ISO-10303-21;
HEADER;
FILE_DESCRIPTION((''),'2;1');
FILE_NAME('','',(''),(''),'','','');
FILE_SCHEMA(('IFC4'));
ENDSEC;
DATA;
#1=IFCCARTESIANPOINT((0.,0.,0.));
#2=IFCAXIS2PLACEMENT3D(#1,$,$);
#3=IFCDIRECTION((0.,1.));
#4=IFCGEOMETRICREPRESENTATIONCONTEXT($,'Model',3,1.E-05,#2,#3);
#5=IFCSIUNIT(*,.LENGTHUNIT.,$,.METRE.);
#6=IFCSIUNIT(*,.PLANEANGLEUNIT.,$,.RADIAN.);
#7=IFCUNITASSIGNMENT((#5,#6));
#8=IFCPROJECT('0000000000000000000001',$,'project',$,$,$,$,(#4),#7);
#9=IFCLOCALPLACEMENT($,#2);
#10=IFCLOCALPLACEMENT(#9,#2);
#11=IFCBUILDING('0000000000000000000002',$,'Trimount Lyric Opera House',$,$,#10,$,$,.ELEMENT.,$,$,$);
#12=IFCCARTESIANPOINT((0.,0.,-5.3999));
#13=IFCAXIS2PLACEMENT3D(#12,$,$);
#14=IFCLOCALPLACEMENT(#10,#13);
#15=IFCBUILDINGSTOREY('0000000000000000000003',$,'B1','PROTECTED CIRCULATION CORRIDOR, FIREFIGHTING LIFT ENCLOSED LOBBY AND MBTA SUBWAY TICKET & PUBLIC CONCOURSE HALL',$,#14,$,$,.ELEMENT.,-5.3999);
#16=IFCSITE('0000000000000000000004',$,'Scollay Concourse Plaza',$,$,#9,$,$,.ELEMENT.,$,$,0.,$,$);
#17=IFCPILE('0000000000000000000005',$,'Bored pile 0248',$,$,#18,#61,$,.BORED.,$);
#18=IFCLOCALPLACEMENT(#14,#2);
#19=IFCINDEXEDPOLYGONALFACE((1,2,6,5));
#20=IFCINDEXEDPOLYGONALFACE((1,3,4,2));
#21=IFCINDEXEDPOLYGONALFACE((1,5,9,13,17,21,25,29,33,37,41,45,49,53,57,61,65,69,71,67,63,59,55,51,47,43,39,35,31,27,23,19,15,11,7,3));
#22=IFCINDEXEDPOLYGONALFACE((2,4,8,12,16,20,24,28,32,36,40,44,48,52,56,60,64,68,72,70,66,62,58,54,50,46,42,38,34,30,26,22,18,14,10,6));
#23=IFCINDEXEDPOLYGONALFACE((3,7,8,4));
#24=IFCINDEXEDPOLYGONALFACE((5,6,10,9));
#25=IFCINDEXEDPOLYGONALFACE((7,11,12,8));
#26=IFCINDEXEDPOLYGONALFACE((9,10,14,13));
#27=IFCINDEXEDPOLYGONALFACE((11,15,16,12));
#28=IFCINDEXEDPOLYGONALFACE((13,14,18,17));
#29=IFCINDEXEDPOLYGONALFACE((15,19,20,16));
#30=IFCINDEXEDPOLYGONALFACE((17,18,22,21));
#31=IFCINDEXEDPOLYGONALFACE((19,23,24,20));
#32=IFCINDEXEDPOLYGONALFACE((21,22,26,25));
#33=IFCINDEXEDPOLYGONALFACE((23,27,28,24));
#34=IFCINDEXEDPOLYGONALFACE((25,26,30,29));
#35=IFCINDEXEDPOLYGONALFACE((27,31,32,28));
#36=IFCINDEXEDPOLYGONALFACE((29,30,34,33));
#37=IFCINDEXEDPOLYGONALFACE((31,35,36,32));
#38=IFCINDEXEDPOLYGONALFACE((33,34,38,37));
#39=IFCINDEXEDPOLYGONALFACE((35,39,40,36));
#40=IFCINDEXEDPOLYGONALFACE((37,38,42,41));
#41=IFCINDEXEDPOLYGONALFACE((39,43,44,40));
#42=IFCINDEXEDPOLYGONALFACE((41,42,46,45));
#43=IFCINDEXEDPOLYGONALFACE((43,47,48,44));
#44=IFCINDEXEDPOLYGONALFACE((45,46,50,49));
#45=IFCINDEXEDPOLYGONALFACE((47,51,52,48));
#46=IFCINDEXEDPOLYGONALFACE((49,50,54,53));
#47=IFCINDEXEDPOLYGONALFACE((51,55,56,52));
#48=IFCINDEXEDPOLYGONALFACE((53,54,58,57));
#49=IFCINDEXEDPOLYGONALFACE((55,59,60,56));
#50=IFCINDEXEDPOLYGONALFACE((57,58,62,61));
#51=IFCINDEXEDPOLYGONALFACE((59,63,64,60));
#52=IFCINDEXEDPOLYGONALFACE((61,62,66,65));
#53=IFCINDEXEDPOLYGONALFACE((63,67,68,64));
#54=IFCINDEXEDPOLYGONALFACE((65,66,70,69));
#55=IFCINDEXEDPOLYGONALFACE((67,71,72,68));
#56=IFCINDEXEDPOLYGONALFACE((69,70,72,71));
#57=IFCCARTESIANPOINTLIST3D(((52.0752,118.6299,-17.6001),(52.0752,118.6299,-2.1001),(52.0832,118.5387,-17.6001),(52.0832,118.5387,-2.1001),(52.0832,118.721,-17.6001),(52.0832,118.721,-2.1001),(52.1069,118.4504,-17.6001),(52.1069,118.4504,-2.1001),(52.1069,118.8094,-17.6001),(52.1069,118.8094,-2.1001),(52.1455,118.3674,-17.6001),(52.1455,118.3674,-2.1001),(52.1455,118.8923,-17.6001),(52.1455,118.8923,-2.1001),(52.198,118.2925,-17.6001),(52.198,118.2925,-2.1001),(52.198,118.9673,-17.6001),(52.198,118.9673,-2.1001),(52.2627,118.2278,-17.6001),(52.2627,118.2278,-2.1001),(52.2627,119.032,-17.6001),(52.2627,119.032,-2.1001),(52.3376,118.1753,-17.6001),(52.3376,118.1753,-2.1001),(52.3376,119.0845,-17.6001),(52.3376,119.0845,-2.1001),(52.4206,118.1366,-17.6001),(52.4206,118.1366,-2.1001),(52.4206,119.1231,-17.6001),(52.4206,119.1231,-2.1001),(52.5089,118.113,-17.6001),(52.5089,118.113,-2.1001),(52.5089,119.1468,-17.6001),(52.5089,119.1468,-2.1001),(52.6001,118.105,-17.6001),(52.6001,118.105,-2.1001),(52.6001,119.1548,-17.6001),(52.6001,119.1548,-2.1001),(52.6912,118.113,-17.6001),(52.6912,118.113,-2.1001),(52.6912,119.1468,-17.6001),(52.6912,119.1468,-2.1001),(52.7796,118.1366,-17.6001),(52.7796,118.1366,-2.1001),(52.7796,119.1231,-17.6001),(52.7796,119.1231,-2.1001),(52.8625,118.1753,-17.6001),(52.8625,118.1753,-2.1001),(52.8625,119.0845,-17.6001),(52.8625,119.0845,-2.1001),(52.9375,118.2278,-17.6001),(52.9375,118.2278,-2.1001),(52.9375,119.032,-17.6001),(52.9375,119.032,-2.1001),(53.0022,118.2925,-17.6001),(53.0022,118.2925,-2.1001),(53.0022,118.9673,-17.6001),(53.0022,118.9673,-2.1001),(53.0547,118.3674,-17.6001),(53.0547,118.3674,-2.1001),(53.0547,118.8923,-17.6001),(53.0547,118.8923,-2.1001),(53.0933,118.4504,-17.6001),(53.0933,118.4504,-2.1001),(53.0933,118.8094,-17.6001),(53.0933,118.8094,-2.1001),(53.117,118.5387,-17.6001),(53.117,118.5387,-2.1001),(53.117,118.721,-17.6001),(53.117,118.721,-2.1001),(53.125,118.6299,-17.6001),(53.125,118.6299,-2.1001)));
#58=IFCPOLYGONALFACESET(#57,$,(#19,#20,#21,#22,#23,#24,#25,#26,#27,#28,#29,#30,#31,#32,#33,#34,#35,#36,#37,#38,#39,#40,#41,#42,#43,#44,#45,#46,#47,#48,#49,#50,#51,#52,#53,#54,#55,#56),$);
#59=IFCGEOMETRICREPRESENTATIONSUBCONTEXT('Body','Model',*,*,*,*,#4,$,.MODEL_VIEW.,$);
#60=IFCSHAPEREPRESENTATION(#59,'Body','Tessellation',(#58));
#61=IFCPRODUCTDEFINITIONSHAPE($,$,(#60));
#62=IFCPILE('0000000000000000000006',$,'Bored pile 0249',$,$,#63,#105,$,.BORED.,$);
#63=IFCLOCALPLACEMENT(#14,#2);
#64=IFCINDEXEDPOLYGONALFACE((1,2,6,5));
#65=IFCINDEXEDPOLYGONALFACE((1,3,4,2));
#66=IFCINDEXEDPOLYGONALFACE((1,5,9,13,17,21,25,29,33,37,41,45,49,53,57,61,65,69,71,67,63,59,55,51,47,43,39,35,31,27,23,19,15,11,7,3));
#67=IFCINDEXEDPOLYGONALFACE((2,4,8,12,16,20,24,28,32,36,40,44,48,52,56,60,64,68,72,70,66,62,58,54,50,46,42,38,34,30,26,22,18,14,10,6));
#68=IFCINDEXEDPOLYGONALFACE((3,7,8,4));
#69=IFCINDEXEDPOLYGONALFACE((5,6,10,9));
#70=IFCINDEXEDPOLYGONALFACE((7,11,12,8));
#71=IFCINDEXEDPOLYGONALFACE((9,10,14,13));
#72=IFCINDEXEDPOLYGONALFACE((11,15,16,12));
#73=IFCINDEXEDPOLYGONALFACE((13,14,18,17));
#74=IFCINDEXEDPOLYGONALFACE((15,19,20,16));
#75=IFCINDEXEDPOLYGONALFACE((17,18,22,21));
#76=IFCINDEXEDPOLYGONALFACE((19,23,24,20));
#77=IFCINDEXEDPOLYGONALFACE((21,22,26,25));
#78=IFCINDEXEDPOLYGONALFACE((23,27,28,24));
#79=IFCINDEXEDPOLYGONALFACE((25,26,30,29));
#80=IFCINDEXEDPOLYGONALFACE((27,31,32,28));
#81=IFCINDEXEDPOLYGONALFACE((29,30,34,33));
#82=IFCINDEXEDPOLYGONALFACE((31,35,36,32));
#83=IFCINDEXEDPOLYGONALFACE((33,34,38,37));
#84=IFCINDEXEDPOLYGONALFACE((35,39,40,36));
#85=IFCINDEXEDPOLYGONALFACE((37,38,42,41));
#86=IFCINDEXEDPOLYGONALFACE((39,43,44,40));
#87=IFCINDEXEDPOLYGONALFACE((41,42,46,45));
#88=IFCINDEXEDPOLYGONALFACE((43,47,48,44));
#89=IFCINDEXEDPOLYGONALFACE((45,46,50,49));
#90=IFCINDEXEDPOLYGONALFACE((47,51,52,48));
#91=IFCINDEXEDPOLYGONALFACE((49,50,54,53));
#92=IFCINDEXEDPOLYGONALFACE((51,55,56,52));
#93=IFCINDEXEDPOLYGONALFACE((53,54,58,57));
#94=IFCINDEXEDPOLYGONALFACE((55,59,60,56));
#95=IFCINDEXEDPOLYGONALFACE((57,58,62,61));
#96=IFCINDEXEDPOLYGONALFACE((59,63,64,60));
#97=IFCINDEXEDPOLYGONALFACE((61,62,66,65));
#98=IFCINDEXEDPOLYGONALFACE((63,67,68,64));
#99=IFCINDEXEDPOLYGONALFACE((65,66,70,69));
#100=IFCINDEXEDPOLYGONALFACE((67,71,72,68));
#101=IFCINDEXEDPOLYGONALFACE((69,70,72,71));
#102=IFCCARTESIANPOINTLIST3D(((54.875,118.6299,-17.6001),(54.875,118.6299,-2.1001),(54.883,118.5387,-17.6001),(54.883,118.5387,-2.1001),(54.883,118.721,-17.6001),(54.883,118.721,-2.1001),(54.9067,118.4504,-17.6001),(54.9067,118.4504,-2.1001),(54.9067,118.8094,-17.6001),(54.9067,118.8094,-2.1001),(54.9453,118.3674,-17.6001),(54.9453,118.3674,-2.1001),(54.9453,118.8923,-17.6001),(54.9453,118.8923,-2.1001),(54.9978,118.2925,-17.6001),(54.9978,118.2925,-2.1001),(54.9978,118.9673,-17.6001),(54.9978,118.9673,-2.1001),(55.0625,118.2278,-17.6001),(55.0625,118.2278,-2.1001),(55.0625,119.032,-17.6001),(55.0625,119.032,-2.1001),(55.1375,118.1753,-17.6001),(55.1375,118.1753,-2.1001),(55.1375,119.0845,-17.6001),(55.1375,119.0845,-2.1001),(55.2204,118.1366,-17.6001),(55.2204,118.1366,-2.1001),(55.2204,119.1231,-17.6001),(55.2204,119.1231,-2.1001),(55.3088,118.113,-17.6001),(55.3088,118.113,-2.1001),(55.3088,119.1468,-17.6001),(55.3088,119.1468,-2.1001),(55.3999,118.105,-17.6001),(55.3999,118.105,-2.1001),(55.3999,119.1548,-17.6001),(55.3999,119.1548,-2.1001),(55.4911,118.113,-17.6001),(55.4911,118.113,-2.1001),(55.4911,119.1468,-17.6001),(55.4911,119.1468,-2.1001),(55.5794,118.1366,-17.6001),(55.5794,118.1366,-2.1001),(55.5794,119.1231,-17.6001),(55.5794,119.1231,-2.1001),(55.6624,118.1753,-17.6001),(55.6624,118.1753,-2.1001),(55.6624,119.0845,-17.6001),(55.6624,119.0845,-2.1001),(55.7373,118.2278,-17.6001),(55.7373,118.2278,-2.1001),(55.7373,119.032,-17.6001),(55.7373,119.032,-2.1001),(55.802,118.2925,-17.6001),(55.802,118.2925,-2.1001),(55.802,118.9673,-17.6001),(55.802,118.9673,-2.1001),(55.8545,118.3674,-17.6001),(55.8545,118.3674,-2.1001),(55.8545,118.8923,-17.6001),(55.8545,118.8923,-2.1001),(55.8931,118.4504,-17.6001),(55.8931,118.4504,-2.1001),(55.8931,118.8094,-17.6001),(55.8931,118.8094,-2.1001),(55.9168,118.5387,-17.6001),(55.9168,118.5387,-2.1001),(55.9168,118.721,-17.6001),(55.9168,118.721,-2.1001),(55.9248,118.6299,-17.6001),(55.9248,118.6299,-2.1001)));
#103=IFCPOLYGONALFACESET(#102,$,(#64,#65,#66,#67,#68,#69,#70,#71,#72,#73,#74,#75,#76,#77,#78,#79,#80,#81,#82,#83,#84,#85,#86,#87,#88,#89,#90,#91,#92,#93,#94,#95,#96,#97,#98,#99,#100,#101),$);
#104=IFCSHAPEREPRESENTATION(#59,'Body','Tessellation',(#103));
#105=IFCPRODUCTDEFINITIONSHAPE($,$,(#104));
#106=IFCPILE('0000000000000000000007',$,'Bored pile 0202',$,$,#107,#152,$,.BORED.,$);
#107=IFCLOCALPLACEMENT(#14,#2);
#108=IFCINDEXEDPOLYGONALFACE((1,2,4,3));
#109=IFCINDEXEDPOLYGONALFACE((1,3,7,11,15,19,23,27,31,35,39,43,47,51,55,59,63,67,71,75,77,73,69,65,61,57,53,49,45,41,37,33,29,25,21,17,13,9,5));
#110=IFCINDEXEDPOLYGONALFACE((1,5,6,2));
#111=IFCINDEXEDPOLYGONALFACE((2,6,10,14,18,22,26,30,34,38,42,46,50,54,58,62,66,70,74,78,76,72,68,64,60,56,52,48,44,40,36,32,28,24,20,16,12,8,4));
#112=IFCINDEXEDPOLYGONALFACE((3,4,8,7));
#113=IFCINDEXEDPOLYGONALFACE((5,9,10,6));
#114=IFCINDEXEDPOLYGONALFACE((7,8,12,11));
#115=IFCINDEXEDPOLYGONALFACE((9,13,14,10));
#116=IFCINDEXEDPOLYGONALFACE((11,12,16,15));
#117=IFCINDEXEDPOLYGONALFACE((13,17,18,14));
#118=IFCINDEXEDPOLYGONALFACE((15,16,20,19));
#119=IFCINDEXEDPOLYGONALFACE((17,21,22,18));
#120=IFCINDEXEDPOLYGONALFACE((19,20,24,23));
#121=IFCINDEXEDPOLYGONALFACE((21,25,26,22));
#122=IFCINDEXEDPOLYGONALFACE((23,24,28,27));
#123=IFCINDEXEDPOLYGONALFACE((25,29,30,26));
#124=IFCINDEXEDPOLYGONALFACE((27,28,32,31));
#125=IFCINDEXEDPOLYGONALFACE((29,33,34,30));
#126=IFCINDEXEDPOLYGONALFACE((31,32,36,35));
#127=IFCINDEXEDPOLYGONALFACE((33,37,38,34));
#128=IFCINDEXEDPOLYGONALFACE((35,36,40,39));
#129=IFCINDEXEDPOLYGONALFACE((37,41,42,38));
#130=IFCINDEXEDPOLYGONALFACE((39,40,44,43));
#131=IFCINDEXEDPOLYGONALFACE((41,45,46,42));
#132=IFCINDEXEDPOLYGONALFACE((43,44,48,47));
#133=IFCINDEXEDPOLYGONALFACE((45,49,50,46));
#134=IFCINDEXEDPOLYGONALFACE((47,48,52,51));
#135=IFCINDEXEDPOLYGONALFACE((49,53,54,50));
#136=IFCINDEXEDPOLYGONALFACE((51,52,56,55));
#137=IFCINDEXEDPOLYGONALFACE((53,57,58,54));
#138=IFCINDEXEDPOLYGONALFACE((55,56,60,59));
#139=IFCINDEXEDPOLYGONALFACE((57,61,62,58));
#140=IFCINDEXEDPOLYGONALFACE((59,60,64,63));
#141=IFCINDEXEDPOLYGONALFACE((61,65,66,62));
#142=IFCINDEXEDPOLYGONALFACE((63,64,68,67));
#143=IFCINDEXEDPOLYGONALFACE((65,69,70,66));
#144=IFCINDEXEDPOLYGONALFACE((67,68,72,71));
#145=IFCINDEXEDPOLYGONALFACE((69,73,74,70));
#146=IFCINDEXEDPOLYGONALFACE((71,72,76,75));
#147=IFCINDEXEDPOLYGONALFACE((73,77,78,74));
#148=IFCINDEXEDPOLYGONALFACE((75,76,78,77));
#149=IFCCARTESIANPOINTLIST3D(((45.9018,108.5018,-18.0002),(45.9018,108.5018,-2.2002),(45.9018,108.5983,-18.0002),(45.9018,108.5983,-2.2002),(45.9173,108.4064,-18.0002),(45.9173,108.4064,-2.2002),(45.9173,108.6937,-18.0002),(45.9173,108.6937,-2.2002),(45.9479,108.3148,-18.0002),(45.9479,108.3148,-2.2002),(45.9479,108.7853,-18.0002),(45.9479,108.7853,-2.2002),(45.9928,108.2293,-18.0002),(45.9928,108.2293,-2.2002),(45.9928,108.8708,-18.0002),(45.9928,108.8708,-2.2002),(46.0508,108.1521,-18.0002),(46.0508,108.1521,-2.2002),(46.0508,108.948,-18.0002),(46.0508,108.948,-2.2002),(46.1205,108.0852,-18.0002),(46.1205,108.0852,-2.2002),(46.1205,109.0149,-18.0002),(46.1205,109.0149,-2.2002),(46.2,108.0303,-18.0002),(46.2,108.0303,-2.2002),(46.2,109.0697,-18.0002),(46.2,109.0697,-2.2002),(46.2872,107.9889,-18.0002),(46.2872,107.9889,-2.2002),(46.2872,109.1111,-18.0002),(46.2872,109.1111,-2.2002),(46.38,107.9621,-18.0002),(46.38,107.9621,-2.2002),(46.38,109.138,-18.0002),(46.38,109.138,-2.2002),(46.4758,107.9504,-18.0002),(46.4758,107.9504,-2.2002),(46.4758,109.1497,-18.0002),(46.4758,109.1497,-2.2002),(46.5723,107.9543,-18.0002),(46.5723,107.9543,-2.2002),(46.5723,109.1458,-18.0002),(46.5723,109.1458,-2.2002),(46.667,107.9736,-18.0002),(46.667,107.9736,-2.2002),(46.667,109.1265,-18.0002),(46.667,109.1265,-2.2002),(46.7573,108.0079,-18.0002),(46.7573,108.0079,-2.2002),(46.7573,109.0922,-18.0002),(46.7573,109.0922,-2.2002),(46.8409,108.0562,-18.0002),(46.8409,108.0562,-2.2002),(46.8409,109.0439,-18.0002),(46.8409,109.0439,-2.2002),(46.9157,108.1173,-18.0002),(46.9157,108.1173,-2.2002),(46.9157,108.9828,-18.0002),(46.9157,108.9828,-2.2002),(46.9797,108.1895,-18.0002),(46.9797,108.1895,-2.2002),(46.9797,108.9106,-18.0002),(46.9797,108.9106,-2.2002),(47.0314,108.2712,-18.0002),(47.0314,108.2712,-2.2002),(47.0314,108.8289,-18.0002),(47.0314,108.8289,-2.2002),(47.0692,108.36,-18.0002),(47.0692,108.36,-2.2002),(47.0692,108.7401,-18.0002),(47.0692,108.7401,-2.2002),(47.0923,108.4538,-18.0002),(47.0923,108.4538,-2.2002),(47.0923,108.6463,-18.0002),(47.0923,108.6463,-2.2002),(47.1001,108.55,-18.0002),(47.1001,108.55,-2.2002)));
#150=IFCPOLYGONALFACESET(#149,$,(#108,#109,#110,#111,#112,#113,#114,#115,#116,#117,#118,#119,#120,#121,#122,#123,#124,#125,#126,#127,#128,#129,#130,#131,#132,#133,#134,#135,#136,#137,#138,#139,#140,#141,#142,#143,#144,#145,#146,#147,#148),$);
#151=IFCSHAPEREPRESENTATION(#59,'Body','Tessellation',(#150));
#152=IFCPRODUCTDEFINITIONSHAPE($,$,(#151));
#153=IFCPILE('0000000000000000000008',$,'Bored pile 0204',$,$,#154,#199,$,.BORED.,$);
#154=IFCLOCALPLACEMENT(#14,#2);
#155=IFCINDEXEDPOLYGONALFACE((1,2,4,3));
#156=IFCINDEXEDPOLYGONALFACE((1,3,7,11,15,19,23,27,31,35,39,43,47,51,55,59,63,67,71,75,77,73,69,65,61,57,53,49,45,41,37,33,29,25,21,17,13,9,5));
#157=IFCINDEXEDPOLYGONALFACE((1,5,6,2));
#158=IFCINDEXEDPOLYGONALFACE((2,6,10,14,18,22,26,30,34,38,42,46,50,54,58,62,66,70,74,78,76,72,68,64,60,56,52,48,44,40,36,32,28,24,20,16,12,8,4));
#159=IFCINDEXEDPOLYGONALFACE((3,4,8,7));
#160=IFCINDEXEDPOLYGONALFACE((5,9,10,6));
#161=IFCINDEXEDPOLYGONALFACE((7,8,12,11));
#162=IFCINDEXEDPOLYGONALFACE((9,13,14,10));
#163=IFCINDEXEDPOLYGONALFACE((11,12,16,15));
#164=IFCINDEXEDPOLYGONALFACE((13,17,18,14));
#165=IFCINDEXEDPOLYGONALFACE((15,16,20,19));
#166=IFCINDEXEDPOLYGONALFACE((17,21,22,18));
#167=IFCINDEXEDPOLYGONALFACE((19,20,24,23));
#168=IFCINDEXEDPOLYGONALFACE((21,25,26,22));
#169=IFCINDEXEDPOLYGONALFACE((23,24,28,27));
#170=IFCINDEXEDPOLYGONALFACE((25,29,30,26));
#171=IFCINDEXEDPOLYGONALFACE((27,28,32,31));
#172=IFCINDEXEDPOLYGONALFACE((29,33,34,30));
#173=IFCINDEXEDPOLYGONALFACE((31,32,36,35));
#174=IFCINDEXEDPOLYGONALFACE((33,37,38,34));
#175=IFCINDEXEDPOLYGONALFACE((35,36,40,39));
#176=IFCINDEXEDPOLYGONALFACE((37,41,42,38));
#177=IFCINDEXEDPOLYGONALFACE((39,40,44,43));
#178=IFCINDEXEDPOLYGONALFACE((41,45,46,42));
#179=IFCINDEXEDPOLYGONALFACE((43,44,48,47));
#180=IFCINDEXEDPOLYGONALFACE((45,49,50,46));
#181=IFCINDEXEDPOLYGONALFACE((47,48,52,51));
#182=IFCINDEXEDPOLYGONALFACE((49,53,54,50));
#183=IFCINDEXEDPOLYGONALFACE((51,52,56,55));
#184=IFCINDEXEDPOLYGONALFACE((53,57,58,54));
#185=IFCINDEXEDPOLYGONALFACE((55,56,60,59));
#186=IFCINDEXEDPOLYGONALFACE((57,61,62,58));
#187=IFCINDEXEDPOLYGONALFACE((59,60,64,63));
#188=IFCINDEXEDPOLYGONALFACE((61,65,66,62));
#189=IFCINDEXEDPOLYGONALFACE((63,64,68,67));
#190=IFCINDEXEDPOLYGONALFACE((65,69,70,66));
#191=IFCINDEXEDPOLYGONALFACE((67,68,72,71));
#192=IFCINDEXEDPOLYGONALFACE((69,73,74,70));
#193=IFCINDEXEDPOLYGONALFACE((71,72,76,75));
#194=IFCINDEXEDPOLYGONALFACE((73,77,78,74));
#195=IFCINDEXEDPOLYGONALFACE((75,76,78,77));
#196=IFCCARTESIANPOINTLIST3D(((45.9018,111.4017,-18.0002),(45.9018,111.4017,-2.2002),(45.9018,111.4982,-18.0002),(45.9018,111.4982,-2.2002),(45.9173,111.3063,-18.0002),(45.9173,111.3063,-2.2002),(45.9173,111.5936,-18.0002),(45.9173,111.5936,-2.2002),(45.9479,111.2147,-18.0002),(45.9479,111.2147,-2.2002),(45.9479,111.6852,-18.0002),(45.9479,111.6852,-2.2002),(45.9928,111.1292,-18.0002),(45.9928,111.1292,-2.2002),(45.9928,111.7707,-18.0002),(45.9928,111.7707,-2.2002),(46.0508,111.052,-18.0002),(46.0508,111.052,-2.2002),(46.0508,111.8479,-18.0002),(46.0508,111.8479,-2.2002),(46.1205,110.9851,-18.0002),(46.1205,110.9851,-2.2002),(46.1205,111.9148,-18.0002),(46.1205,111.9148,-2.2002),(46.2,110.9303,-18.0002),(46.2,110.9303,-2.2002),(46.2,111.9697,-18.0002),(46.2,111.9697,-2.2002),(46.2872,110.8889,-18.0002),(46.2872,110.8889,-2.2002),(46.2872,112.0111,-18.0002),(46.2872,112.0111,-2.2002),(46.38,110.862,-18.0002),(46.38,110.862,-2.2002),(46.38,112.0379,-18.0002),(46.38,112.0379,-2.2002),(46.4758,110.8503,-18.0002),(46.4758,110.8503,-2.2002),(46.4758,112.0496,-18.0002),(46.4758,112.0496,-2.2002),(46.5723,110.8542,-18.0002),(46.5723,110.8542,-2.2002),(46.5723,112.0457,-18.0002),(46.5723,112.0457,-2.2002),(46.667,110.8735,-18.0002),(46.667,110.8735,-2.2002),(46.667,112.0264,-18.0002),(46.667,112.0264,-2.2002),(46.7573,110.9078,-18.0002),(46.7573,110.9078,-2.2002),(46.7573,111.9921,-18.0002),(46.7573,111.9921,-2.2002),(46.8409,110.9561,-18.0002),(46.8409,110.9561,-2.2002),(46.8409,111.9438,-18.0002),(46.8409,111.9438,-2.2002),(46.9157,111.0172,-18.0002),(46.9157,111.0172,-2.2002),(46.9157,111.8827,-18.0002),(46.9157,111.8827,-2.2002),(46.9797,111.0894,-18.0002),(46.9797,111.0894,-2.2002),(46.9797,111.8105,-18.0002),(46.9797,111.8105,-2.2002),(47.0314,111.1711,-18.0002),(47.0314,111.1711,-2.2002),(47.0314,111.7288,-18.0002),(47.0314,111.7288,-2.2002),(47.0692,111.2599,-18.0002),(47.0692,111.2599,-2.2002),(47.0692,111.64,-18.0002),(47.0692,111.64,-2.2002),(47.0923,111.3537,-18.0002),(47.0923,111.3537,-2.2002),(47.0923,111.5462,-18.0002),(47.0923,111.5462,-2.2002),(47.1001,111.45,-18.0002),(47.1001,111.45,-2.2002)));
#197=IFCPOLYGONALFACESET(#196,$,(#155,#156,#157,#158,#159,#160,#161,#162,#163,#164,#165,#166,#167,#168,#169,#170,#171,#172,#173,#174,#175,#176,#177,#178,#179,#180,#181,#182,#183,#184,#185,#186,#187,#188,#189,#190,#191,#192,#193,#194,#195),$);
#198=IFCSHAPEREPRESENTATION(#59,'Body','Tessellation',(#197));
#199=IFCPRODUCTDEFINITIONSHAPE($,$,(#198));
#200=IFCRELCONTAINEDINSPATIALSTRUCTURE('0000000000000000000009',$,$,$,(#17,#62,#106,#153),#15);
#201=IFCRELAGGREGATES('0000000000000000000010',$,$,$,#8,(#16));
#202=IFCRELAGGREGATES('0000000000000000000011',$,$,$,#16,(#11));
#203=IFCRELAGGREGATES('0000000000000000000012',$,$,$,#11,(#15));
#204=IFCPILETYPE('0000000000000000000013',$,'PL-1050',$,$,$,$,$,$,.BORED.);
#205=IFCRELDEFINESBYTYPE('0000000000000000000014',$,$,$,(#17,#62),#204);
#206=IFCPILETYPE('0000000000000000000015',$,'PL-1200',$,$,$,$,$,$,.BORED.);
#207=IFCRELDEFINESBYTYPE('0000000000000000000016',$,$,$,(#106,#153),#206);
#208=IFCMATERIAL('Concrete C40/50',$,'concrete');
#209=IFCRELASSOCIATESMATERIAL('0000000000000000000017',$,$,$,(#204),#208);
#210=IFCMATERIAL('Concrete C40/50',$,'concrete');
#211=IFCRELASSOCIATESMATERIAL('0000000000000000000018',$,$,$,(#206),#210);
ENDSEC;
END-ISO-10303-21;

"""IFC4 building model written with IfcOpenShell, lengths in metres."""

from ifc_helpers import new_model, si_unit, direction, frame, origin, origin_2d, place, context, subcontext, project, spatial, circle, extrude, material, material_profile, profile_set, type_object, element, save


model = new_model("IFC4")

# Units and contexts
model_context = context("Model", 3, precision=1e-05, world=origin(), true_north=direction((0.0, 1.0)))
body_context = subcontext(model_context, "Body", "Model", "MODEL_VIEW")
ifc_project = project(units=[si_unit("LENGTHUNIT", "METRE"), si_unit("PLANEANGLEUNIT", "RADIAN")], contexts=[model_context])

# Site, building, storey
site_placement = place(None, origin())
site = spatial("IfcSite", under=ifc_project, at=site_placement, Name="Scollay Concourse Plaza", CompositionType="ELEMENT", RefElevation=0.0)
building_placement = place(site_placement, origin())
building = spatial("IfcBuilding", under=site, at=building_placement, Name="Trimount Lyric Opera House", CompositionType="ELEMENT")
storey_placement = place(building_placement, frame((0.0, 0.0, -5.3999)))
storey = spatial("IfcBuildingStorey", under=building, at=storey_placement, Name="B1", Description="PROTECTED CIRCULATION CORRIDOR, FIREFIGHTING LIFT ENCLOSED LOBBY AND MBTA SUBWAY TICKET & PUBLIC CONCOURSE HALL", CompositionType="ELEMENT", Elevation=-5.3999)

# Piles
ifc_material_1 = material(Name="Concrete C40/50", Category="concrete")
ifc_material_profile_1 = material_profile(ifc_material_1, circle(Radius=0.5249, at=origin_2d()), Name="PILE-D1050")
ifc_profile_set_1 = profile_set([ifc_material_profile_1], Name="Concrete C40/50")
pile_type_1 = type_object("IfcPileType", Name="PL-1050", PredefinedType="BORED", material=ifc_profile_set_1)
for number, where, z_axis, x_axis, name in (
    (1, (52.6001, 118.6299, -2.1001), (0.0, 0.0, -1.0), (1.0, 0.0, 0.0), "Bored pile 0248"),
    (2, (55.3999, 118.6299, -2.1001), (0.0, 0.0, -1.0), (1.0, 0.0, 0.0), "Bored pile 0249"),
):
    element("IfcPile", number, at=place(storey_placement, frame(where, z_axis=z_axis, x_axis=x_axis)), inside=storey, type_object=pile_type_1, Name=name, PredefinedType="BORED", context=body_context, shape_type="SweptSolid", body=[
        extrude(circle(Radius=0.5249, at=origin_2d()), origin(), (0.0, 0.0, 1.0), 15.5),
    ])
ifc_material_2 = material(Name="Concrete C40/50", Category="concrete")
ifc_material_profile_2 = material_profile(ifc_material_2, circle(Radius=0.6001, at=origin_2d()), Name="PILE-D1200")
ifc_profile_set_2 = profile_set([ifc_material_profile_2], Name="Concrete C40/50")
pile_type_2 = type_object("IfcPileType", Name="PL-1200", PredefinedType="BORED", material=ifc_profile_set_2)
for number, where, z_axis, x_axis, name in (
    (3, (46.5, 108.55, -2.2002), (0.0, 0.0, -1.0), (1.0, 0.0, 0.0), "Bored pile 0202"),
    (4, (46.5, 111.45, -2.2002), (0.0, 0.0, -1.0), (1.0, 0.0, 0.0), "Bored pile 0204"),
):
    element("IfcPile", number, at=place(storey_placement, frame(where, z_axis=z_axis, x_axis=x_axis)), inside=storey, type_object=pile_type_2, Name=name, PredefinedType="BORED", context=body_context, shape_type="SweptSolid", body=[
        extrude(circle(Radius=0.6001, at=origin_2d()), origin(), (0.0, 0.0, 1.0), 15.8),
    ])

save(model, "model.ifc")
